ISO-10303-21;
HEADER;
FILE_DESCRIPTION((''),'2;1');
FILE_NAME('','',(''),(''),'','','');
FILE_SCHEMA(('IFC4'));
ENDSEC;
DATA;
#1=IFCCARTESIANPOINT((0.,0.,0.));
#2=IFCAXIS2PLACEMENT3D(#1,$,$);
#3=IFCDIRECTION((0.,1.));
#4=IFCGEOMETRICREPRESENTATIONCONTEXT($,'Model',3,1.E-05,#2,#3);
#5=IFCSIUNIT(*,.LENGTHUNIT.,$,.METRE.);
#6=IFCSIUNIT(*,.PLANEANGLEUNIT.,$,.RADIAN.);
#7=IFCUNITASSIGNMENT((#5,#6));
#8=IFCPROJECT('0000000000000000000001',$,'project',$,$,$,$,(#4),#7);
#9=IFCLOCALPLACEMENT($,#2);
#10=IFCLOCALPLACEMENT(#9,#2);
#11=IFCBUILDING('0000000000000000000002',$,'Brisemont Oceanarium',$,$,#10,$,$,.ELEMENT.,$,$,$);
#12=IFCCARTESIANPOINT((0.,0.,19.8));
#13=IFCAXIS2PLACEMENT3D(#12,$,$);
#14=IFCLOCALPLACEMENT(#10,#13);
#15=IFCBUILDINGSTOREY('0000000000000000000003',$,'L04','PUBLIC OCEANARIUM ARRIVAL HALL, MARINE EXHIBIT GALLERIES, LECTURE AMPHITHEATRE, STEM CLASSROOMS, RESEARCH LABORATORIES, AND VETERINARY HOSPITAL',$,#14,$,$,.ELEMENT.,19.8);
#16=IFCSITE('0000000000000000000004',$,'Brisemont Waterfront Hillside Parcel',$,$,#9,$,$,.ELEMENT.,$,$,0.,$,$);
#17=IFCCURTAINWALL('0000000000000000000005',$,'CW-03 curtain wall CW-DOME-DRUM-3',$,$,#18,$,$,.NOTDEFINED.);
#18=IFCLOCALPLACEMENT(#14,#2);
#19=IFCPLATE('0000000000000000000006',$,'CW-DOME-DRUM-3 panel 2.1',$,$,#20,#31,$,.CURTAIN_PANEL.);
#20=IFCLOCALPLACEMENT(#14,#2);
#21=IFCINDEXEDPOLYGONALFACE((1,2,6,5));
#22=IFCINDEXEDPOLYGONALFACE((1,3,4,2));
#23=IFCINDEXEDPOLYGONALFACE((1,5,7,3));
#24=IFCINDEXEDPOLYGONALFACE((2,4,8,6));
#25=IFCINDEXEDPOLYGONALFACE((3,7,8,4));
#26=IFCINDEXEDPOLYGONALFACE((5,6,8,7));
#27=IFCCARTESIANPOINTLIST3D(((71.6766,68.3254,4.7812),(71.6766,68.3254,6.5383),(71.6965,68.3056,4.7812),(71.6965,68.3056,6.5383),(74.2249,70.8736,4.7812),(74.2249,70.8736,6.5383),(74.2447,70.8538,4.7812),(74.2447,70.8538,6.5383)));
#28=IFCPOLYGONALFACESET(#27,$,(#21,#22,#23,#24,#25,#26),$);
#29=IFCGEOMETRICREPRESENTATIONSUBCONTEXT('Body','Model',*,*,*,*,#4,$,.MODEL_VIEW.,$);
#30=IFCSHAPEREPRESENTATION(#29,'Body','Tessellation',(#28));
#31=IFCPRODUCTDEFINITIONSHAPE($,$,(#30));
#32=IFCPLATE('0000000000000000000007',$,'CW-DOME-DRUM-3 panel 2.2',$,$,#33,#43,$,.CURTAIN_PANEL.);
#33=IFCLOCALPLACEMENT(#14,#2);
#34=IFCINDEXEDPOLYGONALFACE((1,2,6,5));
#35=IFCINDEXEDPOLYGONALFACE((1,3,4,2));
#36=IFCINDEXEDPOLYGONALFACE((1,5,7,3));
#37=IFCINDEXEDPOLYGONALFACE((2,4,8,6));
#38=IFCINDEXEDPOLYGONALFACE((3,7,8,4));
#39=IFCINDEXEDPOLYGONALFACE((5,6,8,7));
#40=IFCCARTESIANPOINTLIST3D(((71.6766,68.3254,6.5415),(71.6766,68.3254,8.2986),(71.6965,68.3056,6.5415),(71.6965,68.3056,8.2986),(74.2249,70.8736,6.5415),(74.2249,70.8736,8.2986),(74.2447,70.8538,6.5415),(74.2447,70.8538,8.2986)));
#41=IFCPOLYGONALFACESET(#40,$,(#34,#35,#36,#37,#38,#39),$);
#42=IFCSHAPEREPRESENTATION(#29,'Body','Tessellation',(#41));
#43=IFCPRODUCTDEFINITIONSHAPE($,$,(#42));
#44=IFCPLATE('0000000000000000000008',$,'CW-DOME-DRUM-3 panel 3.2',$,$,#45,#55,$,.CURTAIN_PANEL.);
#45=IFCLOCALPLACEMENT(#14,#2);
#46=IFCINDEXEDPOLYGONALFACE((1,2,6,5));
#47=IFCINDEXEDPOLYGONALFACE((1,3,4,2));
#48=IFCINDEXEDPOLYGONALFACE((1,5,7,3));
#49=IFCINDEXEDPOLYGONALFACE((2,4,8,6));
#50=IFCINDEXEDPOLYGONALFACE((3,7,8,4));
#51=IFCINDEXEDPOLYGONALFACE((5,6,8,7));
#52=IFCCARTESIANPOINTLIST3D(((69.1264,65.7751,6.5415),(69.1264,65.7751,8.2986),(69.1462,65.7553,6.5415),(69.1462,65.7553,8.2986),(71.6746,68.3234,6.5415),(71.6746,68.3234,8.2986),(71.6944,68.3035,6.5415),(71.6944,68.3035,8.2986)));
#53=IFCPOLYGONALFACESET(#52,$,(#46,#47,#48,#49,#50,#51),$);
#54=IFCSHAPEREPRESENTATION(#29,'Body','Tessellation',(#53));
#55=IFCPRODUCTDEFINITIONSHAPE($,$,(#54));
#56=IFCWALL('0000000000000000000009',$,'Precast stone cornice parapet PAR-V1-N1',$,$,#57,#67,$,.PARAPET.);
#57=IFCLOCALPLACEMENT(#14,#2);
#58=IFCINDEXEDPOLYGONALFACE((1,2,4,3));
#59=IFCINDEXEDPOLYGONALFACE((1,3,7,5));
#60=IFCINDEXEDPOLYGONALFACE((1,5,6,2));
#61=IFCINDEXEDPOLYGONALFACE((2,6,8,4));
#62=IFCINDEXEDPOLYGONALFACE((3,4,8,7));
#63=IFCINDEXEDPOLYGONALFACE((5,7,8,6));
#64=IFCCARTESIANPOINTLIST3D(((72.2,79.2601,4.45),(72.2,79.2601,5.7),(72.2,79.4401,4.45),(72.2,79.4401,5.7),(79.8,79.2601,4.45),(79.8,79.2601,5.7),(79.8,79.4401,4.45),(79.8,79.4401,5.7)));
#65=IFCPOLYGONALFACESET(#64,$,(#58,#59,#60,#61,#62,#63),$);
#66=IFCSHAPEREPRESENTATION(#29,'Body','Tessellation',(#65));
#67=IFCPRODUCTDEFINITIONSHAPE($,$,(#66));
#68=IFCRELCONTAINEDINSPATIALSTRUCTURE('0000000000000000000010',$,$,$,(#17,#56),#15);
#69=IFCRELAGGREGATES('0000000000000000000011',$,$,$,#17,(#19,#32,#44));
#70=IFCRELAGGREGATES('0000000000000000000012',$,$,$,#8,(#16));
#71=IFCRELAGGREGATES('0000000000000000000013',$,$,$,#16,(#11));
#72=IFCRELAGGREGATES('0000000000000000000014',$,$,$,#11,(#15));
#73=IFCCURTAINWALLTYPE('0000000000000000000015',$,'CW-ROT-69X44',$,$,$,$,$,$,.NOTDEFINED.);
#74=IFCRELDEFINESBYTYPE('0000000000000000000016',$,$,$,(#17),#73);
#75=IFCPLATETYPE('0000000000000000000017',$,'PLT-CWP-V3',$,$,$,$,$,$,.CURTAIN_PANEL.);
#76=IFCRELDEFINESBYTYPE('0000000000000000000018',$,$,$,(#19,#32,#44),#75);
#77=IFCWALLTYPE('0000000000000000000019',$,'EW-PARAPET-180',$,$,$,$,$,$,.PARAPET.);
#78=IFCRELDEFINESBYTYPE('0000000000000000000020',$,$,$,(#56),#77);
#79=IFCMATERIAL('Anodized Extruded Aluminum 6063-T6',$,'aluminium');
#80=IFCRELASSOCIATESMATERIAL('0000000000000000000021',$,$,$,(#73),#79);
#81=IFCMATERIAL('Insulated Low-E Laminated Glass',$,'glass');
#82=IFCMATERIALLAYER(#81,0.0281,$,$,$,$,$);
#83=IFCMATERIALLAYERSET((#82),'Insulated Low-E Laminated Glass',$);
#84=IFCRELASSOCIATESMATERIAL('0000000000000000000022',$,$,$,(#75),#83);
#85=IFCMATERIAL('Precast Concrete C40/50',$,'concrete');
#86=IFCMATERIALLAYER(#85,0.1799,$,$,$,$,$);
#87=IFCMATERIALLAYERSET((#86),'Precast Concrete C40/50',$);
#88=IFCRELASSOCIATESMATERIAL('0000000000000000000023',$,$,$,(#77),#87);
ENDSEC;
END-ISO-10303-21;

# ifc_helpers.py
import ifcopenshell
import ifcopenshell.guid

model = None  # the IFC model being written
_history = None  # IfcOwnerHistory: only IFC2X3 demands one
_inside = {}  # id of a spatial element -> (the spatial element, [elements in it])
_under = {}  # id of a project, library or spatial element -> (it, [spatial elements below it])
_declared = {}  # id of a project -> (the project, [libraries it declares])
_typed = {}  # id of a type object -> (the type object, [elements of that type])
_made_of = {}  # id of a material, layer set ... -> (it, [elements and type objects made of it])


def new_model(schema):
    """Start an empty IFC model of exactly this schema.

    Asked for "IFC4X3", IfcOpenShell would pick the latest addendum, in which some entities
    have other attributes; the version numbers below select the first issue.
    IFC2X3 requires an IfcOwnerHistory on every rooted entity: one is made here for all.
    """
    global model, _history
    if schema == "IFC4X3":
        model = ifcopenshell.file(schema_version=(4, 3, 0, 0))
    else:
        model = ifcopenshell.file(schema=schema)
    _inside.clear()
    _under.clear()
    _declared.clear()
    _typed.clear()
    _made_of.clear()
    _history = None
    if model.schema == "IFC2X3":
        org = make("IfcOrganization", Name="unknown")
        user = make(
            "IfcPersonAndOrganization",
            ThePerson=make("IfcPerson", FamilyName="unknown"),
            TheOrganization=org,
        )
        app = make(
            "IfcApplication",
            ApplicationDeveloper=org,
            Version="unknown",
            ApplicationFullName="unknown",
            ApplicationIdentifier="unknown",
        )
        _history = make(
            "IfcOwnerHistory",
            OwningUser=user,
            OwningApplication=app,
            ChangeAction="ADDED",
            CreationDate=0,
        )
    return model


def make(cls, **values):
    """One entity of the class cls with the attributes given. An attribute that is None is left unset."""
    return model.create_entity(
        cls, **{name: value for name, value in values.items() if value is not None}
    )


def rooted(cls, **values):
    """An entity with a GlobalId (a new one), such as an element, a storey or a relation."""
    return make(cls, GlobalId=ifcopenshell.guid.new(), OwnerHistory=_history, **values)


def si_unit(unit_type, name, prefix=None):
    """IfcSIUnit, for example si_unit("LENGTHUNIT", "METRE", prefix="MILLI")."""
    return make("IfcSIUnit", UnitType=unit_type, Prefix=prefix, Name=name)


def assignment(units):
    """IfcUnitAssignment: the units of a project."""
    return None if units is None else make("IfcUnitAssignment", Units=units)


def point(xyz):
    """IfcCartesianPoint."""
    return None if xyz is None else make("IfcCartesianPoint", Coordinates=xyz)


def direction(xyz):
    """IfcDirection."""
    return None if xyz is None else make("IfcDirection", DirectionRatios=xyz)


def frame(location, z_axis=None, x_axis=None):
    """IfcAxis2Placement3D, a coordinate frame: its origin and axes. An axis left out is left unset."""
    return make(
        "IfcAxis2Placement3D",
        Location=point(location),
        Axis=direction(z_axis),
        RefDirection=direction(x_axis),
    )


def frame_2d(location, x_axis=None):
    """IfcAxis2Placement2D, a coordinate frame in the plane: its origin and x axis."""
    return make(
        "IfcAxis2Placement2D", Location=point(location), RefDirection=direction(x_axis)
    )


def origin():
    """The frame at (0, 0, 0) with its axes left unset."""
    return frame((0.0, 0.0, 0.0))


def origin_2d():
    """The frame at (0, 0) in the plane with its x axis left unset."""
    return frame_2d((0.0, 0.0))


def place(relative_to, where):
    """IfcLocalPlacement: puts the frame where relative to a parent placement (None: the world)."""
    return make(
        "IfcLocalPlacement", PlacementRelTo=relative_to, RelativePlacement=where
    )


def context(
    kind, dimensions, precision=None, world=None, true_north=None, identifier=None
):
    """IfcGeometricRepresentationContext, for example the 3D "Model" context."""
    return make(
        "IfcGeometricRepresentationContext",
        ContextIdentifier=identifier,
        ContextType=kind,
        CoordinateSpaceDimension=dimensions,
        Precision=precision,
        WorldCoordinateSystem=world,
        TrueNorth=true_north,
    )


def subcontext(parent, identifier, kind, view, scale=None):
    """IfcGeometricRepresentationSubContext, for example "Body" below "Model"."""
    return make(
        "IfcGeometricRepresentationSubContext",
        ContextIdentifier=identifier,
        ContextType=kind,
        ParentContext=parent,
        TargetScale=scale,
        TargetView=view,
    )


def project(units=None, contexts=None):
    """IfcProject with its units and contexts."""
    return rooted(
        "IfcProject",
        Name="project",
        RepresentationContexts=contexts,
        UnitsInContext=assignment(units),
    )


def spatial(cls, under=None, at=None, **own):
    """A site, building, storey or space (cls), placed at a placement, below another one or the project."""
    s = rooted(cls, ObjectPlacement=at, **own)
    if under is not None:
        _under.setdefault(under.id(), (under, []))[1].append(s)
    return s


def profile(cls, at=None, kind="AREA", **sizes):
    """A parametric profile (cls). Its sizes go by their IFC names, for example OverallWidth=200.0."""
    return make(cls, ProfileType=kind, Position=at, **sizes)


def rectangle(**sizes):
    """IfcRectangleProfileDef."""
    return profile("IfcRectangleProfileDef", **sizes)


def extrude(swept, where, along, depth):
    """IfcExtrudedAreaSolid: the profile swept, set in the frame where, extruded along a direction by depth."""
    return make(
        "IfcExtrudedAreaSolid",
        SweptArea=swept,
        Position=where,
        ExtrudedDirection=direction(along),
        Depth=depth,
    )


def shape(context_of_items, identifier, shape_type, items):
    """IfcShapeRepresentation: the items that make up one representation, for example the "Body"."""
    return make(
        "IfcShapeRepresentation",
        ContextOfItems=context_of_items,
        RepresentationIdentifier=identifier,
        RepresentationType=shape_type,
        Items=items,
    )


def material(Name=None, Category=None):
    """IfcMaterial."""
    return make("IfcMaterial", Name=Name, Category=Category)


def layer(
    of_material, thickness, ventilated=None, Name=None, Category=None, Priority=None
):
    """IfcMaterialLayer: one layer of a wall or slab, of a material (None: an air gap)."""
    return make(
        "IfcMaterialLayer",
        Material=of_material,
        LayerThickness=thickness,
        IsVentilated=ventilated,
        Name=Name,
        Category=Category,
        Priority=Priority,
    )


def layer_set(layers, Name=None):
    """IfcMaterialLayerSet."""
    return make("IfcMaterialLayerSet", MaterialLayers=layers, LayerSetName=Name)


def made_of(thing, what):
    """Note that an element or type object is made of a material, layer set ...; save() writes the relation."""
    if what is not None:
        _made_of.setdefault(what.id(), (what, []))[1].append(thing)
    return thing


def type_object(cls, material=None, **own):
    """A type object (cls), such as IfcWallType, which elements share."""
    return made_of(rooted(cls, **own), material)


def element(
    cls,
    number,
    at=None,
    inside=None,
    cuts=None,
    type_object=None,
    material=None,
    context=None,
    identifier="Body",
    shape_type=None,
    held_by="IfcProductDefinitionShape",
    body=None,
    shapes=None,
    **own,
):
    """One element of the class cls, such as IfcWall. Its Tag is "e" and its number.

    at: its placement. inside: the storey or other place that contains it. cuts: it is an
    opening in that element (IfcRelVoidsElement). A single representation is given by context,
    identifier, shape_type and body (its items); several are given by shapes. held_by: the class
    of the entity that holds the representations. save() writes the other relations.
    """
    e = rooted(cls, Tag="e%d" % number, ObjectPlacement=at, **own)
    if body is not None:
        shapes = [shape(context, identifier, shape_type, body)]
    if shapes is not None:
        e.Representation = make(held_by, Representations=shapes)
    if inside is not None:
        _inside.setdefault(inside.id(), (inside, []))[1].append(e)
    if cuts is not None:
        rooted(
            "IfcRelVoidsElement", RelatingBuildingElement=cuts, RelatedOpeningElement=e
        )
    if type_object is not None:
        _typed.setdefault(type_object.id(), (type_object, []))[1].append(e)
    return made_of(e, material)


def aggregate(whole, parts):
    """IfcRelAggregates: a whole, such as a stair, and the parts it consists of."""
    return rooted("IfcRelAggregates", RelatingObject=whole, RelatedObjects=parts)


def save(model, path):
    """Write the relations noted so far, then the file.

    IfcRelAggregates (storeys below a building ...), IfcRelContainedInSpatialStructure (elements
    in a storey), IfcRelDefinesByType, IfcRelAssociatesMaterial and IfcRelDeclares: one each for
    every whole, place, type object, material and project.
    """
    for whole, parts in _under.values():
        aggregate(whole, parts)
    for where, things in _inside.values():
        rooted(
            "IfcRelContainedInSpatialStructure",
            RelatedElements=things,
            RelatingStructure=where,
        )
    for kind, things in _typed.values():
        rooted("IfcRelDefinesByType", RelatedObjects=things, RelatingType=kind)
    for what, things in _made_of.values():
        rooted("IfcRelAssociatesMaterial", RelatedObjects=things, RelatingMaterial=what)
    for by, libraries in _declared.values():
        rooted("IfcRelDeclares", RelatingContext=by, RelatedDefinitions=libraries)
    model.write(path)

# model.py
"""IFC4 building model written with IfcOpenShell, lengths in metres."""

from ifc_helpers import new_model, si_unit, direction, frame, frame_2d, origin, origin_2d, place, context, subcontext, project, spatial, rectangle, extrude, material, layer, layer_set, type_object, element, aggregate, save


model = new_model("IFC4")

# Units and contexts
model_context = context("Model", 3, precision=1e-05, world=origin(), true_north=direction((0.0, 1.0)))
body_context = subcontext(model_context, "Body", "Model", "MODEL_VIEW")
ifc_project = project(units=[si_unit("LENGTHUNIT", "METRE"), si_unit("PLANEANGLEUNIT", "RADIAN")], contexts=[model_context])

# Site, building, storey
site_placement = place(None, origin())
site = spatial("IfcSite", under=ifc_project, at=site_placement, Name="Brisemont Waterfront Hillside Parcel", CompositionType="ELEMENT", RefElevation=0.0)
building_placement = place(site_placement, origin())
building = spatial("IfcBuilding", under=site, at=building_placement, Name="Brisemont Oceanarium", CompositionType="ELEMENT")
storey_placement = place(building_placement, frame((0.0, 0.0, 19.8)))
storey = spatial("IfcBuildingStorey", under=building, at=storey_placement, Name="L04", Description="PUBLIC OCEANARIUM ARRIVAL HALL, MARINE EXHIBIT GALLERIES, LECTURE AMPHITHEATRE, STEM CLASSROOMS, RESEARCH LABORATORIES, AND VETERINARY HOSPITAL", CompositionType="ELEMENT", Elevation=19.8)

# Shared definitions
ifc_material_1 = material(Name="Anodized Extruded Aluminum 6063-T6", Category="aluminium")
curtain_wall_type_1 = type_object("IfcCurtainWallType", Name="CW-ROT-69X44", PredefinedType="NOTDEFINED", material=ifc_material_1)

# Curtain wall
curtain_wall_1_placement = place(storey_placement, origin())
curtain_wall_1 = element("IfcCurtainWall", 1, at=curtain_wall_1_placement, inside=storey, type_object=curtain_wall_type_1, Name="CW-03 curtain wall CW-DOME-DRUM-3", PredefinedType="NOTDEFINED")

# Plates
ifc_material_2 = material(Name="Insulated Low-E Laminated Glass", Category="glass")
ifc_layer_1 = layer(ifc_material_2, 0.0281)
ifc_layer_set_1 = layer_set([ifc_layer_1], Name="Insulated Low-E Laminated Glass")
plate_type_1 = type_object("IfcPlateType", Name="PLT-CWP-V3", PredefinedType="CURTAIN_PANEL", material=ifc_layer_set_1)
plate_1_placement = place(storey_placement, frame((72.9607, 69.5896, 4.7812), z_axis=(0.0, 0.0, 1.0), x_axis=(-0.707107, -0.707107, 0.0)))
plate_1 = element("IfcPlate", 2, at=plate_1_placement, type_object=plate_type_1, Name="CW-DOME-DRUM-3 panel 2.1", PredefinedType="CURTAIN_PANEL", context=body_context, shape_type="SweptSolid", body=[
    extrude(rectangle(XDim=3.6038, YDim=0.0281, at=origin_2d()), origin(), (0.0, 0.0, 1.0), 1.7571),
])
plate_2_placement = place(storey_placement, frame((72.9607, 69.5896, 6.5415), z_axis=(0.0, 0.0, 1.0), x_axis=(-0.707107, -0.707107, 0.0)))
plate_2 = element("IfcPlate", 3, at=plate_2_placement, type_object=plate_type_1, Name="CW-DOME-DRUM-3 panel 2.2", PredefinedType="CURTAIN_PANEL", context=body_context, shape_type="SweptSolid", body=[
    extrude(rectangle(XDim=3.6038, YDim=0.0281, at=origin_2d()), origin(), (0.0, 0.0, 1.0), 1.7571),
])
plate_3_placement = place(storey_placement, frame((70.4104, 67.0393, 6.5415), z_axis=(0.0, 0.0, 1.0), x_axis=(-0.707107, -0.707107, 0.0)))
plate_3 = element("IfcPlate", 4, at=plate_3_placement, type_object=plate_type_1, Name="CW-DOME-DRUM-3 panel 3.2", PredefinedType="CURTAIN_PANEL", context=body_context, shape_type="SweptSolid", body=[
    extrude(rectangle(XDim=3.6038, YDim=0.0281, at=origin_2d()), origin(), (0.0, 0.0, 1.0), 1.7571),
])
aggregate(curtain_wall_1, [plate_1, plate_2, plate_3])

# Wall
ifc_material_3 = material(Name="Precast Concrete C40/50", Category="concrete")
ifc_layer_2 = layer(ifc_material_3, 0.1799)
ifc_layer_set_2 = layer_set([ifc_layer_2], Name="Precast Concrete C40/50")
wall_type = type_object("IfcWallType", Name="EW-PARAPET-180", PredefinedType="PARAPET", material=ifc_layer_set_2)
wall_placement = place(storey_placement, frame((72.2, 79.3501, 4.45), z_axis=(0.0, 0.0, 1.0), x_axis=(1.0, 0.0, 0.0)))
element("IfcWall", 5, at=wall_placement, inside=storey, type_object=wall_type, Name="Precast stone cornice parapet PAR-V1-N1", PredefinedType="PARAPET", context=body_context, shape_type="SweptSolid", body=[
    extrude(rectangle(XDim=7.6001, YDim=0.1799, at=frame_2d((3.8, 0.0))), origin(), (0.0, 0.0, 1.0), 1.25),
])

save(model, "model.ifc")
